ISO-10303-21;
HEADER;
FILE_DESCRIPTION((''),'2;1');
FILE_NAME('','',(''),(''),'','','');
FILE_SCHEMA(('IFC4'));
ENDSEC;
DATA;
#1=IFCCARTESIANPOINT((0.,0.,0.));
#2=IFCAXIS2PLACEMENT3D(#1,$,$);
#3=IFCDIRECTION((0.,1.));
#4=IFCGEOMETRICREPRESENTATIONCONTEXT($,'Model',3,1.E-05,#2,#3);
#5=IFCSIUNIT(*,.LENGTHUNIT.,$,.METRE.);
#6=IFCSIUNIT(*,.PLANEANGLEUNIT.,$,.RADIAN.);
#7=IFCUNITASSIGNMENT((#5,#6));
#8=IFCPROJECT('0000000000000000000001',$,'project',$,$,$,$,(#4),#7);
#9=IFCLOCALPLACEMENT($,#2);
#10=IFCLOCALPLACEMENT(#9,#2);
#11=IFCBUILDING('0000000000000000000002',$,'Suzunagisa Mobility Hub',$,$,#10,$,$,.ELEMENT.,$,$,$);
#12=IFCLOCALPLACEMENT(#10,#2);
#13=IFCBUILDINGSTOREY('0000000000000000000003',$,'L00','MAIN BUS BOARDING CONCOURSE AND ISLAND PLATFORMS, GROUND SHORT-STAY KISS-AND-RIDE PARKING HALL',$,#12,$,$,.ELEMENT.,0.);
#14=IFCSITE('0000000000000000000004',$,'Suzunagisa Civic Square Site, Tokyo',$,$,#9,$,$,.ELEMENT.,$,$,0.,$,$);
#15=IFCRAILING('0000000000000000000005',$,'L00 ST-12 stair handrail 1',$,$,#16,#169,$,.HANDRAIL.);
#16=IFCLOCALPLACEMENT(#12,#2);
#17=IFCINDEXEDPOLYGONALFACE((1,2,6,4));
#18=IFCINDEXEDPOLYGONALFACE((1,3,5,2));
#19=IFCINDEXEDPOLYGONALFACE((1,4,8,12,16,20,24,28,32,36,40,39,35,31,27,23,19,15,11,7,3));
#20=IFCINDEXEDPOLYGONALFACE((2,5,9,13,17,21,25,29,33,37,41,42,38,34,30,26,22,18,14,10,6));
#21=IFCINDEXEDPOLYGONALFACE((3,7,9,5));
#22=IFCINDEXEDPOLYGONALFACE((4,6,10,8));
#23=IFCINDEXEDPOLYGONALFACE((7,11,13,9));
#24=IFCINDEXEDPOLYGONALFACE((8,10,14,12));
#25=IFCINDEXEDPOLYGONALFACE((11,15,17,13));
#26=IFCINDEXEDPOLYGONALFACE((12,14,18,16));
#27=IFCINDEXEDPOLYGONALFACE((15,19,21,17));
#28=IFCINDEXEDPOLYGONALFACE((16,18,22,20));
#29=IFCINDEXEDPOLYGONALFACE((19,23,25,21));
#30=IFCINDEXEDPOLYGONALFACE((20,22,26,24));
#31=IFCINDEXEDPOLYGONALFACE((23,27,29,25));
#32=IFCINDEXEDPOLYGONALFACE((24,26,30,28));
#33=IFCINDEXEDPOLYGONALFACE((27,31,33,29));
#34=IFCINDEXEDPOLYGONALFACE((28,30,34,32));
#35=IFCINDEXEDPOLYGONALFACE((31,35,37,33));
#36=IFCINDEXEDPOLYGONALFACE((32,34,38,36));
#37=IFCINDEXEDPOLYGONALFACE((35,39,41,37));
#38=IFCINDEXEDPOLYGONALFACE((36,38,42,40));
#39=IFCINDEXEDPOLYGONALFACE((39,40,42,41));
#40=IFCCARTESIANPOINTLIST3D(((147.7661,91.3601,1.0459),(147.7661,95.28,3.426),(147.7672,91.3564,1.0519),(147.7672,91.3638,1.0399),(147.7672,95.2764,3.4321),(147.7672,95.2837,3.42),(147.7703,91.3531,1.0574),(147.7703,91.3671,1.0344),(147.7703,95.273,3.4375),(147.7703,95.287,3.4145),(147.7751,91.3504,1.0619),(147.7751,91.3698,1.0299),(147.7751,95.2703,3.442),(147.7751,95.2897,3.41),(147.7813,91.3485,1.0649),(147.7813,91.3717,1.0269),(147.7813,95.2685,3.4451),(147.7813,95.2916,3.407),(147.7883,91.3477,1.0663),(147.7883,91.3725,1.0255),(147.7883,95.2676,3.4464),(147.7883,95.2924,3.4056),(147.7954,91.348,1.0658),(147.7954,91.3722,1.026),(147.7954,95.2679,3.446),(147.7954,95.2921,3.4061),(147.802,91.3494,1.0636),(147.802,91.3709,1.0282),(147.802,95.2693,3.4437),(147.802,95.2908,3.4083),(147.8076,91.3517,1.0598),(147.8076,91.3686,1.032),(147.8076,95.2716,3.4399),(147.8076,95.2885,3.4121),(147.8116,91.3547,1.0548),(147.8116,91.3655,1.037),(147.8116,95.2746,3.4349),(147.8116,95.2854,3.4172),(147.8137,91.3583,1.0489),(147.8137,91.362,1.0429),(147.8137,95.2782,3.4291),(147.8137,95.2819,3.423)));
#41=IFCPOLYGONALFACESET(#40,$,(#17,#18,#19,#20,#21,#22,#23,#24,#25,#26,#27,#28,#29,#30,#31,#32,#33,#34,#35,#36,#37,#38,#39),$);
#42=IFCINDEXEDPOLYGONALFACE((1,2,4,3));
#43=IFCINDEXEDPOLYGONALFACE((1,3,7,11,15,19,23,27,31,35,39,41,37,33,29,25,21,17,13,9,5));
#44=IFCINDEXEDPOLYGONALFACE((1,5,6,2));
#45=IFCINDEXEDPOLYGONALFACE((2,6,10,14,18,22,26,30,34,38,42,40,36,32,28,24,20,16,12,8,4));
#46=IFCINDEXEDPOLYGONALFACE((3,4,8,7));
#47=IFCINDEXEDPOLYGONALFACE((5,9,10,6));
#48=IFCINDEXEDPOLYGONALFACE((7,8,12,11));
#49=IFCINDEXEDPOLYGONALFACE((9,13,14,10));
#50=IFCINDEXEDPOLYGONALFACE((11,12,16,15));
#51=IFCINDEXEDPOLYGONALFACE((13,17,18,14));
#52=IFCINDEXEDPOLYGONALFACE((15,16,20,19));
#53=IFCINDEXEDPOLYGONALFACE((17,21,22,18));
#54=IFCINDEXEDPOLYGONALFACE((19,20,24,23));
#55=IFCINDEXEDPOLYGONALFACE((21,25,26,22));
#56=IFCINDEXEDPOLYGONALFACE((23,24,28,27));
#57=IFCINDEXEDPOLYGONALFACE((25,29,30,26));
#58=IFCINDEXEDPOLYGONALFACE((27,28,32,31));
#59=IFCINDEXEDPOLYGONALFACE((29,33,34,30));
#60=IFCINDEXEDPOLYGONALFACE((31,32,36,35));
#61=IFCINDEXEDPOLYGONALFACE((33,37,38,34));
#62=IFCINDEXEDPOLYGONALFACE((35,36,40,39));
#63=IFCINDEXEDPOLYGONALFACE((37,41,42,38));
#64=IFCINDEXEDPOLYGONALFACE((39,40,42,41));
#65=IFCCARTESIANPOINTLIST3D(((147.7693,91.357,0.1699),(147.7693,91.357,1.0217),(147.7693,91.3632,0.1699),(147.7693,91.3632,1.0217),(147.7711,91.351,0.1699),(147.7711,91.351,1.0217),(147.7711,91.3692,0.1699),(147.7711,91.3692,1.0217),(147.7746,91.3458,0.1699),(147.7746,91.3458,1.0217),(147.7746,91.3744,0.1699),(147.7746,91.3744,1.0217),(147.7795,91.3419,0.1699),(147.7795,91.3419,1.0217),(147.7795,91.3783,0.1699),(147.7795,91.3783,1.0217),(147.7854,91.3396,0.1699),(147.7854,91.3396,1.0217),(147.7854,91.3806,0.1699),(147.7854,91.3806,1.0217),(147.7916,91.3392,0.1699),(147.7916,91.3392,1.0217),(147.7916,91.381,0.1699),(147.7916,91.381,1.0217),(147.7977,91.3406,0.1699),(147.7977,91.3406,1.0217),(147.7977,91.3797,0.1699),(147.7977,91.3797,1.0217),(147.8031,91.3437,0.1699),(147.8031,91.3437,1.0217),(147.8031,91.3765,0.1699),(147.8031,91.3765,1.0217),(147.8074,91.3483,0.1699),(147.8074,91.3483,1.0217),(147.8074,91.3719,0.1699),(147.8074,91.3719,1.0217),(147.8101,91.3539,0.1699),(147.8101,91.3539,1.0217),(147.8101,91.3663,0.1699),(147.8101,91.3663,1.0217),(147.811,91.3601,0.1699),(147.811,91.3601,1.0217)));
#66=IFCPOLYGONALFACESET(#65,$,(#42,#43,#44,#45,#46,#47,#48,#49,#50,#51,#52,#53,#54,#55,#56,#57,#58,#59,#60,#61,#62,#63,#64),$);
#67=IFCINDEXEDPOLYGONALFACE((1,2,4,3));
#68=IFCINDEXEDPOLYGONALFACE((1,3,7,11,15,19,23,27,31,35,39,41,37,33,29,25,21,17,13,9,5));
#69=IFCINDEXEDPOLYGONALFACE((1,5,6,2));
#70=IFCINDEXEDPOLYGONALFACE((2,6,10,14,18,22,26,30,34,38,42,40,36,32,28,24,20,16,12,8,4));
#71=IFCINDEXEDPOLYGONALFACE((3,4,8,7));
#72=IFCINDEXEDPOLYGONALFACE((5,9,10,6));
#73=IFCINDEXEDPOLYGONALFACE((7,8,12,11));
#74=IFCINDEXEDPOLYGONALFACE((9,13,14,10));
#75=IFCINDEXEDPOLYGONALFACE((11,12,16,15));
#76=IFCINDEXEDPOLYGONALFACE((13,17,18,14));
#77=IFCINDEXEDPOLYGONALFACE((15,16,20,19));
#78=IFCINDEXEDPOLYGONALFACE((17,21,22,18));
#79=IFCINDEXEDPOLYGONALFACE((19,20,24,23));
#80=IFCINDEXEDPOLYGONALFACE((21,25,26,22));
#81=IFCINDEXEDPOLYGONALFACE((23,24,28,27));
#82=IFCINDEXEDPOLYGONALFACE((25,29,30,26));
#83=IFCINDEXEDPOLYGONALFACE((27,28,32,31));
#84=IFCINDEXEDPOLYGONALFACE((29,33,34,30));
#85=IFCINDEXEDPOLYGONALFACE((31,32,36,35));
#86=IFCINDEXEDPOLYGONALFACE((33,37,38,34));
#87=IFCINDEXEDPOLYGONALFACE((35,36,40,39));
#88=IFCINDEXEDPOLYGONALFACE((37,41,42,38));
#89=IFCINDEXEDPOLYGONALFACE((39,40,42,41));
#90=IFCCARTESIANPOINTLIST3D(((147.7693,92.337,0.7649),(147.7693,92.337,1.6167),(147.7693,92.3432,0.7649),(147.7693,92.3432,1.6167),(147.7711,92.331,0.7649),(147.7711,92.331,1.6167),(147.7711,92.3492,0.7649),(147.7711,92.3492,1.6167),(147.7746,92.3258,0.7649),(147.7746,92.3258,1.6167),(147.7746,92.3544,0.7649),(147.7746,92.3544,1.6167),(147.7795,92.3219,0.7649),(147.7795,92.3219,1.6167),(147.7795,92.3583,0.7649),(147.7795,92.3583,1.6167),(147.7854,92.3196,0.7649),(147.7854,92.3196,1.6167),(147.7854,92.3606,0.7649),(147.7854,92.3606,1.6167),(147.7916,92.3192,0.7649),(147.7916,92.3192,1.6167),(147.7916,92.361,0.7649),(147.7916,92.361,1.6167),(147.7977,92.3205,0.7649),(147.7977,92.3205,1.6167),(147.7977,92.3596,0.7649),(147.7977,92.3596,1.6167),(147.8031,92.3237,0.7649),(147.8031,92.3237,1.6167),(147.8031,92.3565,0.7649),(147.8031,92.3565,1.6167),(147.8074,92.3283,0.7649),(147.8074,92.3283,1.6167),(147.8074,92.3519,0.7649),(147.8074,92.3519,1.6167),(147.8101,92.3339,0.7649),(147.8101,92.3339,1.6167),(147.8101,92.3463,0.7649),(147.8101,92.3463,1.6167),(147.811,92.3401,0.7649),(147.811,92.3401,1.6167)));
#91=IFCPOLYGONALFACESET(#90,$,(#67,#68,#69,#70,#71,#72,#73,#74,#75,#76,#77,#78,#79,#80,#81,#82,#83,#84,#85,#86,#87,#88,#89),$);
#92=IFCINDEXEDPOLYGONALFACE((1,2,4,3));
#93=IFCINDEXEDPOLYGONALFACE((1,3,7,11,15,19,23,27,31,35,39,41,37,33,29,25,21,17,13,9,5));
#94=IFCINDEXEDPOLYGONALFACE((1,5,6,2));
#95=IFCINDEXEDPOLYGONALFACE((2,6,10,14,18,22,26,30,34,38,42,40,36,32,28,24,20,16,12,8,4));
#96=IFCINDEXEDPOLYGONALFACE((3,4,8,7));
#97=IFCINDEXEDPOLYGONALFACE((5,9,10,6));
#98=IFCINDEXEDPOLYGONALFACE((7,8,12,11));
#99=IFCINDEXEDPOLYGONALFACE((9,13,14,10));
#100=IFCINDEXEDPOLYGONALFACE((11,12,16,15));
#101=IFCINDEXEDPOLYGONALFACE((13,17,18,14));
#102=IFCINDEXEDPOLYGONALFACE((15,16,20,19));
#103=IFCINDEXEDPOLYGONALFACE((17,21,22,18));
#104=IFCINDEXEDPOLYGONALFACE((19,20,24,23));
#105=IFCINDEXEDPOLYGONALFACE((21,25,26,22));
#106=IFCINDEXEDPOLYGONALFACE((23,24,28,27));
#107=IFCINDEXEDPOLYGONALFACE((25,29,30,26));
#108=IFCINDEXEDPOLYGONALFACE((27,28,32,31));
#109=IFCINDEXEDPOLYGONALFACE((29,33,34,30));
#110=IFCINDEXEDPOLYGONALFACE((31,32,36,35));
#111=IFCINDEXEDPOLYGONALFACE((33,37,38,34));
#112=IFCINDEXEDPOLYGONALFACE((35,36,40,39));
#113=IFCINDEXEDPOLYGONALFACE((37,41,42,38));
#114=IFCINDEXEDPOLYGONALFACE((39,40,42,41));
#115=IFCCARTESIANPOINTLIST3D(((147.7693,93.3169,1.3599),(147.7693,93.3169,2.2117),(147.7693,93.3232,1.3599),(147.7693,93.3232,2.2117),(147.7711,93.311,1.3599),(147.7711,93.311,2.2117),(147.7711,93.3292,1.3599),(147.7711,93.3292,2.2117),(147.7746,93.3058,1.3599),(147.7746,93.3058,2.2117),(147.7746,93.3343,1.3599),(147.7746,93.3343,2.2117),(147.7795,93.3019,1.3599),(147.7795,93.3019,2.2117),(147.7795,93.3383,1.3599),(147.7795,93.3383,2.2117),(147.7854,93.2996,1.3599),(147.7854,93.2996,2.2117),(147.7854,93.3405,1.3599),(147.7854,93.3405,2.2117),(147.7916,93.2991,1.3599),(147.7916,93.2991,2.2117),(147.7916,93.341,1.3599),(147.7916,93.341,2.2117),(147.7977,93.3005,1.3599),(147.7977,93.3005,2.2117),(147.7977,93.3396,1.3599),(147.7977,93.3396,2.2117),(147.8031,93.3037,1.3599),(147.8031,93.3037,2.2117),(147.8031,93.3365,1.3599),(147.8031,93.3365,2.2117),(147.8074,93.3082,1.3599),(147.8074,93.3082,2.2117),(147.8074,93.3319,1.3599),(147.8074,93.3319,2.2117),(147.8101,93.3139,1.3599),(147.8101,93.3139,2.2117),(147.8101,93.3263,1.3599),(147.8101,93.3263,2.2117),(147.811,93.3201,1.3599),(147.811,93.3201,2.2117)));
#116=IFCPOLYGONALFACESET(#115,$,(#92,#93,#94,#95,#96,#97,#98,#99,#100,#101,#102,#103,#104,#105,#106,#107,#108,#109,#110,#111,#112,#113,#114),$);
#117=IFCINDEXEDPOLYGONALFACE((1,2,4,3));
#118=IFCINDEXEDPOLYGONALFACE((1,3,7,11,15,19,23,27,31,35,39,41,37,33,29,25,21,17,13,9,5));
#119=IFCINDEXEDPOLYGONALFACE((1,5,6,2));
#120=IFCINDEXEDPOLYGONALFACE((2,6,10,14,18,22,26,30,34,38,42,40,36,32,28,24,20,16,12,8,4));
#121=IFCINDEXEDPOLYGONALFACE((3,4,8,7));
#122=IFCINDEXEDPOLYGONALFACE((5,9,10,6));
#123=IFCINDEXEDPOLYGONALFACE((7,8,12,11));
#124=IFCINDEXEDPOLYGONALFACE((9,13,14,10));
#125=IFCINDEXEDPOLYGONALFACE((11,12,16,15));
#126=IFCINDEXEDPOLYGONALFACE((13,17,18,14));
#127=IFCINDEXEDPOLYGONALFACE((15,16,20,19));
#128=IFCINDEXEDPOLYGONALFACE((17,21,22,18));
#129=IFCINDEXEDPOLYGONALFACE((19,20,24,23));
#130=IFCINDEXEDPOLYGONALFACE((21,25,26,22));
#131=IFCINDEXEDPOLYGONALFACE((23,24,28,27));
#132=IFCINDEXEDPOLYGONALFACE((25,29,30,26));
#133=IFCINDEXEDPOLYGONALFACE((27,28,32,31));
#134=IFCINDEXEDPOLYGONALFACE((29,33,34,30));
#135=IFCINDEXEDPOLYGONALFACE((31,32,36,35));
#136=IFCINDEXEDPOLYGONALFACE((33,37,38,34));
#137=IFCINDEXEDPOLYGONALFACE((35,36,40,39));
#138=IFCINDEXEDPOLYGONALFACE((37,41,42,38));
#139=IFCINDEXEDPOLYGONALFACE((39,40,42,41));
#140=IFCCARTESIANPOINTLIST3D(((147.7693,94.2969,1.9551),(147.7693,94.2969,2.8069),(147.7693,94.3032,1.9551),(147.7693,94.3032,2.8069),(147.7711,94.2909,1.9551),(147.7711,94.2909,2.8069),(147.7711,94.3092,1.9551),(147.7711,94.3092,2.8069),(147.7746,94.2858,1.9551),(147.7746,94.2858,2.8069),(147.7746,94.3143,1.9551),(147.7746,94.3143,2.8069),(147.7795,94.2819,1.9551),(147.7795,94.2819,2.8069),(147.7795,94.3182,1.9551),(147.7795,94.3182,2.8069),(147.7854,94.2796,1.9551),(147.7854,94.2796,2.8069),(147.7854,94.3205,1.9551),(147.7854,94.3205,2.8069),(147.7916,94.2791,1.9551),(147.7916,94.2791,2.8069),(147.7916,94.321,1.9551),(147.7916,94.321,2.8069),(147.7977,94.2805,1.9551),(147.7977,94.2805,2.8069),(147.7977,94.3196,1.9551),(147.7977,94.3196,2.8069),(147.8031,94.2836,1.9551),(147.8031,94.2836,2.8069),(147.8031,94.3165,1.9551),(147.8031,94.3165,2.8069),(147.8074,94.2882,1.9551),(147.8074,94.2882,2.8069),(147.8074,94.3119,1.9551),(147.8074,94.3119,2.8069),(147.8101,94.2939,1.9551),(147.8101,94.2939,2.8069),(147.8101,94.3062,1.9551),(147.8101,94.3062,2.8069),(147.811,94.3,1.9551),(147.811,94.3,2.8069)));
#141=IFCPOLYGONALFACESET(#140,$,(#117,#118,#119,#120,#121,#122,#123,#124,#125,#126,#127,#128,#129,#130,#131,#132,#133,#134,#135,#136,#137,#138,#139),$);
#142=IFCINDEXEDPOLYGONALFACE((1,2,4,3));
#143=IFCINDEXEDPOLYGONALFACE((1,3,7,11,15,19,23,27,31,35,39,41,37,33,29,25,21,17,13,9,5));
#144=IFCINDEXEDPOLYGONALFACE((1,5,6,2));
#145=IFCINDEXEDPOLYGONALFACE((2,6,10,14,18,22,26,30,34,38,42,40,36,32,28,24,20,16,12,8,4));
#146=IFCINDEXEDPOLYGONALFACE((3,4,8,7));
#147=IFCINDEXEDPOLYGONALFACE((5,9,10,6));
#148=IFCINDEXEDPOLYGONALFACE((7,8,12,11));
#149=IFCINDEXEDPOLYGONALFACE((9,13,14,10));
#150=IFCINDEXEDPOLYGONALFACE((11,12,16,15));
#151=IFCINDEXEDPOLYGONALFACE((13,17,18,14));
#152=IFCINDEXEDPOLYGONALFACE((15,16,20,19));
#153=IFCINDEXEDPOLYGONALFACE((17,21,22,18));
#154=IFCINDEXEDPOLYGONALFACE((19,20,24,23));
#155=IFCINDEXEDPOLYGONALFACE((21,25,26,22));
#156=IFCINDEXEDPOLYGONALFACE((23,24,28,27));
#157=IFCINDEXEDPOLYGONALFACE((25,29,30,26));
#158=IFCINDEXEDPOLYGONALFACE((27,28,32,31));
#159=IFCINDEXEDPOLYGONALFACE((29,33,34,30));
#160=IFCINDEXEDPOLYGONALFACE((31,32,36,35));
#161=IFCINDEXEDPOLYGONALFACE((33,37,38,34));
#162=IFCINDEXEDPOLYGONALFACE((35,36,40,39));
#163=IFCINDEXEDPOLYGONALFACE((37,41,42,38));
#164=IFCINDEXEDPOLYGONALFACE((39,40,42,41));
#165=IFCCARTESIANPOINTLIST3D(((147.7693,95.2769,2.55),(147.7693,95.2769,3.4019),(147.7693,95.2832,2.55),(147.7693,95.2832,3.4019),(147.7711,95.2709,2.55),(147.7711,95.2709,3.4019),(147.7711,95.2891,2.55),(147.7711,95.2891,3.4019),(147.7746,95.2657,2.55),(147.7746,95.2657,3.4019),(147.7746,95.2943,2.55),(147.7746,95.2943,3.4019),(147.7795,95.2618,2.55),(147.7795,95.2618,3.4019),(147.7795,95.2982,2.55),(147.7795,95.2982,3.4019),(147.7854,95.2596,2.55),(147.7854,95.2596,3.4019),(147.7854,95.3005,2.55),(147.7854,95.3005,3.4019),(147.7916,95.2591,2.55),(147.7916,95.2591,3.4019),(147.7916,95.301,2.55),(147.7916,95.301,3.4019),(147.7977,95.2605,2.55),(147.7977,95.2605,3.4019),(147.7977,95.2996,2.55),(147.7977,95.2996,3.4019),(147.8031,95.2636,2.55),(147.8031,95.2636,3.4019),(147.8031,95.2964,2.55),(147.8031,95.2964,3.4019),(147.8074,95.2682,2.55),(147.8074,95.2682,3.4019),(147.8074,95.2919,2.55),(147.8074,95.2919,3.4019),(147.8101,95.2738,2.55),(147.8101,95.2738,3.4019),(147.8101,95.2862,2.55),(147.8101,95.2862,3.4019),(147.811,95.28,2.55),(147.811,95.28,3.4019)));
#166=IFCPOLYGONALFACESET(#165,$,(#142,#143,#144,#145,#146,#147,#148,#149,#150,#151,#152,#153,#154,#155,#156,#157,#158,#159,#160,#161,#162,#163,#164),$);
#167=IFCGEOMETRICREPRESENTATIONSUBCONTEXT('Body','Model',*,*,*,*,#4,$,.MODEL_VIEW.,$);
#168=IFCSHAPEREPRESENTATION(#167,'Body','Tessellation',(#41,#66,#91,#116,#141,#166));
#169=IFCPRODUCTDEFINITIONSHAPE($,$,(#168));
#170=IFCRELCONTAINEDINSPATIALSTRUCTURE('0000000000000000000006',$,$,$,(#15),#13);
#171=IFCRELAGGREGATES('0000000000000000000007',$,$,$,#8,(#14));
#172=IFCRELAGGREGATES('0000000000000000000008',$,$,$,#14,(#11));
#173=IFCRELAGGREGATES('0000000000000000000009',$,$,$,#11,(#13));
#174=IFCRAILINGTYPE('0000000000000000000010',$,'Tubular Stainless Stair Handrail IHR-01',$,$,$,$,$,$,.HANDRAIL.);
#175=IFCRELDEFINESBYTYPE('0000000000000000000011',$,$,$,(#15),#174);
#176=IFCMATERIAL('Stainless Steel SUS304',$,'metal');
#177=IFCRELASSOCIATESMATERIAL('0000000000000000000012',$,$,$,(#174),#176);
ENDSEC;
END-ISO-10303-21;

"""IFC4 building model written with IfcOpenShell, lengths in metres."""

from ifc_helpers import new_model, si_unit, direction, frame, origin, origin_2d, place, context, subcontext, project, spatial, circle, extrude, material, type_object, element, save


model = new_model("IFC4")

# Units and contexts
model_context = context("Model", 3, precision=1e-05, world=origin(), true_north=direction((0.0, 1.0)))
body_context = subcontext(model_context, "Body", "Model", "MODEL_VIEW")
ifc_project = project(units=[si_unit("LENGTHUNIT", "METRE"), si_unit("PLANEANGLEUNIT", "RADIAN")], contexts=[model_context])

# Site, building, storey
site_placement = place(None, origin())
site = spatial("IfcSite", under=ifc_project, at=site_placement, Name="Suzunagisa Civic Square Site, Tokyo", CompositionType="ELEMENT", RefElevation=0.0)
building_placement = place(site_placement, origin())
building = spatial("IfcBuilding", under=site, at=building_placement, Name="Suzunagisa Mobility Hub", CompositionType="ELEMENT")
storey_placement = place(building_placement, origin())
storey = spatial("IfcBuildingStorey", under=building, at=storey_placement, Name="L00", Description="MAIN BUS BOARDING CONCOURSE AND ISLAND PLATFORMS, GROUND SHORT-STAY KISS-AND-RIDE PARKING HALL", CompositionType="ELEMENT", Elevation=0.0)

# Railing
ifc_material_1 = material(Name="Stainless Steel SUS304", Category="metal")
railing_type_1 = type_object("IfcRailingType", Name="Tubular Stainless Stair Handrail IHR-01", PredefinedType="HANDRAIL", material=ifc_material_1)
railing_1_placement = place(storey_placement, frame((147.79, 91.3601, 0.1699)))
element("IfcRailing", 1, at=railing_1_placement, inside=storey, type_object=railing_type_1, Name="L00 ST-12 stair handrail 1", PredefinedType="HANDRAIL", context=body_context, shape_type="SweptSolid", body=[
    extrude(circle(Radius=0.0239, at=origin_2d()), frame((0.0, 0.0, 0.876), z_axis=(0.0, 0.854771, 0.519006), x_axis=(-1.0, 0.0, 0.0)), (0.0, 0.0, 1.0), 4.5859),
    extrude(circle(Radius=0.021, at=origin_2d()), origin(), (0.0, 0.0, 1.0), 0.8518),
    extrude(circle(Radius=0.021, at=origin_2d()), frame((0.0, 0.98, 0.595)), (0.0, 0.0, 1.0), 0.8518),
    extrude(circle(Radius=0.021, at=origin_2d()), frame((0.0, 1.96, 1.1899)), (0.0, 0.0, 1.0), 0.8518),
    extrude(circle(Radius=0.021, at=origin_2d()), frame((0.0, 2.9399, 1.7852)), (0.0, 0.0, 1.0), 0.8518),
    extrude(circle(Radius=0.021, at=origin_2d()), frame((0.0, 3.9199, 2.3801)), (0.0, 0.0, 1.0), 0.8518),
])

save(model, "model.ifc")
